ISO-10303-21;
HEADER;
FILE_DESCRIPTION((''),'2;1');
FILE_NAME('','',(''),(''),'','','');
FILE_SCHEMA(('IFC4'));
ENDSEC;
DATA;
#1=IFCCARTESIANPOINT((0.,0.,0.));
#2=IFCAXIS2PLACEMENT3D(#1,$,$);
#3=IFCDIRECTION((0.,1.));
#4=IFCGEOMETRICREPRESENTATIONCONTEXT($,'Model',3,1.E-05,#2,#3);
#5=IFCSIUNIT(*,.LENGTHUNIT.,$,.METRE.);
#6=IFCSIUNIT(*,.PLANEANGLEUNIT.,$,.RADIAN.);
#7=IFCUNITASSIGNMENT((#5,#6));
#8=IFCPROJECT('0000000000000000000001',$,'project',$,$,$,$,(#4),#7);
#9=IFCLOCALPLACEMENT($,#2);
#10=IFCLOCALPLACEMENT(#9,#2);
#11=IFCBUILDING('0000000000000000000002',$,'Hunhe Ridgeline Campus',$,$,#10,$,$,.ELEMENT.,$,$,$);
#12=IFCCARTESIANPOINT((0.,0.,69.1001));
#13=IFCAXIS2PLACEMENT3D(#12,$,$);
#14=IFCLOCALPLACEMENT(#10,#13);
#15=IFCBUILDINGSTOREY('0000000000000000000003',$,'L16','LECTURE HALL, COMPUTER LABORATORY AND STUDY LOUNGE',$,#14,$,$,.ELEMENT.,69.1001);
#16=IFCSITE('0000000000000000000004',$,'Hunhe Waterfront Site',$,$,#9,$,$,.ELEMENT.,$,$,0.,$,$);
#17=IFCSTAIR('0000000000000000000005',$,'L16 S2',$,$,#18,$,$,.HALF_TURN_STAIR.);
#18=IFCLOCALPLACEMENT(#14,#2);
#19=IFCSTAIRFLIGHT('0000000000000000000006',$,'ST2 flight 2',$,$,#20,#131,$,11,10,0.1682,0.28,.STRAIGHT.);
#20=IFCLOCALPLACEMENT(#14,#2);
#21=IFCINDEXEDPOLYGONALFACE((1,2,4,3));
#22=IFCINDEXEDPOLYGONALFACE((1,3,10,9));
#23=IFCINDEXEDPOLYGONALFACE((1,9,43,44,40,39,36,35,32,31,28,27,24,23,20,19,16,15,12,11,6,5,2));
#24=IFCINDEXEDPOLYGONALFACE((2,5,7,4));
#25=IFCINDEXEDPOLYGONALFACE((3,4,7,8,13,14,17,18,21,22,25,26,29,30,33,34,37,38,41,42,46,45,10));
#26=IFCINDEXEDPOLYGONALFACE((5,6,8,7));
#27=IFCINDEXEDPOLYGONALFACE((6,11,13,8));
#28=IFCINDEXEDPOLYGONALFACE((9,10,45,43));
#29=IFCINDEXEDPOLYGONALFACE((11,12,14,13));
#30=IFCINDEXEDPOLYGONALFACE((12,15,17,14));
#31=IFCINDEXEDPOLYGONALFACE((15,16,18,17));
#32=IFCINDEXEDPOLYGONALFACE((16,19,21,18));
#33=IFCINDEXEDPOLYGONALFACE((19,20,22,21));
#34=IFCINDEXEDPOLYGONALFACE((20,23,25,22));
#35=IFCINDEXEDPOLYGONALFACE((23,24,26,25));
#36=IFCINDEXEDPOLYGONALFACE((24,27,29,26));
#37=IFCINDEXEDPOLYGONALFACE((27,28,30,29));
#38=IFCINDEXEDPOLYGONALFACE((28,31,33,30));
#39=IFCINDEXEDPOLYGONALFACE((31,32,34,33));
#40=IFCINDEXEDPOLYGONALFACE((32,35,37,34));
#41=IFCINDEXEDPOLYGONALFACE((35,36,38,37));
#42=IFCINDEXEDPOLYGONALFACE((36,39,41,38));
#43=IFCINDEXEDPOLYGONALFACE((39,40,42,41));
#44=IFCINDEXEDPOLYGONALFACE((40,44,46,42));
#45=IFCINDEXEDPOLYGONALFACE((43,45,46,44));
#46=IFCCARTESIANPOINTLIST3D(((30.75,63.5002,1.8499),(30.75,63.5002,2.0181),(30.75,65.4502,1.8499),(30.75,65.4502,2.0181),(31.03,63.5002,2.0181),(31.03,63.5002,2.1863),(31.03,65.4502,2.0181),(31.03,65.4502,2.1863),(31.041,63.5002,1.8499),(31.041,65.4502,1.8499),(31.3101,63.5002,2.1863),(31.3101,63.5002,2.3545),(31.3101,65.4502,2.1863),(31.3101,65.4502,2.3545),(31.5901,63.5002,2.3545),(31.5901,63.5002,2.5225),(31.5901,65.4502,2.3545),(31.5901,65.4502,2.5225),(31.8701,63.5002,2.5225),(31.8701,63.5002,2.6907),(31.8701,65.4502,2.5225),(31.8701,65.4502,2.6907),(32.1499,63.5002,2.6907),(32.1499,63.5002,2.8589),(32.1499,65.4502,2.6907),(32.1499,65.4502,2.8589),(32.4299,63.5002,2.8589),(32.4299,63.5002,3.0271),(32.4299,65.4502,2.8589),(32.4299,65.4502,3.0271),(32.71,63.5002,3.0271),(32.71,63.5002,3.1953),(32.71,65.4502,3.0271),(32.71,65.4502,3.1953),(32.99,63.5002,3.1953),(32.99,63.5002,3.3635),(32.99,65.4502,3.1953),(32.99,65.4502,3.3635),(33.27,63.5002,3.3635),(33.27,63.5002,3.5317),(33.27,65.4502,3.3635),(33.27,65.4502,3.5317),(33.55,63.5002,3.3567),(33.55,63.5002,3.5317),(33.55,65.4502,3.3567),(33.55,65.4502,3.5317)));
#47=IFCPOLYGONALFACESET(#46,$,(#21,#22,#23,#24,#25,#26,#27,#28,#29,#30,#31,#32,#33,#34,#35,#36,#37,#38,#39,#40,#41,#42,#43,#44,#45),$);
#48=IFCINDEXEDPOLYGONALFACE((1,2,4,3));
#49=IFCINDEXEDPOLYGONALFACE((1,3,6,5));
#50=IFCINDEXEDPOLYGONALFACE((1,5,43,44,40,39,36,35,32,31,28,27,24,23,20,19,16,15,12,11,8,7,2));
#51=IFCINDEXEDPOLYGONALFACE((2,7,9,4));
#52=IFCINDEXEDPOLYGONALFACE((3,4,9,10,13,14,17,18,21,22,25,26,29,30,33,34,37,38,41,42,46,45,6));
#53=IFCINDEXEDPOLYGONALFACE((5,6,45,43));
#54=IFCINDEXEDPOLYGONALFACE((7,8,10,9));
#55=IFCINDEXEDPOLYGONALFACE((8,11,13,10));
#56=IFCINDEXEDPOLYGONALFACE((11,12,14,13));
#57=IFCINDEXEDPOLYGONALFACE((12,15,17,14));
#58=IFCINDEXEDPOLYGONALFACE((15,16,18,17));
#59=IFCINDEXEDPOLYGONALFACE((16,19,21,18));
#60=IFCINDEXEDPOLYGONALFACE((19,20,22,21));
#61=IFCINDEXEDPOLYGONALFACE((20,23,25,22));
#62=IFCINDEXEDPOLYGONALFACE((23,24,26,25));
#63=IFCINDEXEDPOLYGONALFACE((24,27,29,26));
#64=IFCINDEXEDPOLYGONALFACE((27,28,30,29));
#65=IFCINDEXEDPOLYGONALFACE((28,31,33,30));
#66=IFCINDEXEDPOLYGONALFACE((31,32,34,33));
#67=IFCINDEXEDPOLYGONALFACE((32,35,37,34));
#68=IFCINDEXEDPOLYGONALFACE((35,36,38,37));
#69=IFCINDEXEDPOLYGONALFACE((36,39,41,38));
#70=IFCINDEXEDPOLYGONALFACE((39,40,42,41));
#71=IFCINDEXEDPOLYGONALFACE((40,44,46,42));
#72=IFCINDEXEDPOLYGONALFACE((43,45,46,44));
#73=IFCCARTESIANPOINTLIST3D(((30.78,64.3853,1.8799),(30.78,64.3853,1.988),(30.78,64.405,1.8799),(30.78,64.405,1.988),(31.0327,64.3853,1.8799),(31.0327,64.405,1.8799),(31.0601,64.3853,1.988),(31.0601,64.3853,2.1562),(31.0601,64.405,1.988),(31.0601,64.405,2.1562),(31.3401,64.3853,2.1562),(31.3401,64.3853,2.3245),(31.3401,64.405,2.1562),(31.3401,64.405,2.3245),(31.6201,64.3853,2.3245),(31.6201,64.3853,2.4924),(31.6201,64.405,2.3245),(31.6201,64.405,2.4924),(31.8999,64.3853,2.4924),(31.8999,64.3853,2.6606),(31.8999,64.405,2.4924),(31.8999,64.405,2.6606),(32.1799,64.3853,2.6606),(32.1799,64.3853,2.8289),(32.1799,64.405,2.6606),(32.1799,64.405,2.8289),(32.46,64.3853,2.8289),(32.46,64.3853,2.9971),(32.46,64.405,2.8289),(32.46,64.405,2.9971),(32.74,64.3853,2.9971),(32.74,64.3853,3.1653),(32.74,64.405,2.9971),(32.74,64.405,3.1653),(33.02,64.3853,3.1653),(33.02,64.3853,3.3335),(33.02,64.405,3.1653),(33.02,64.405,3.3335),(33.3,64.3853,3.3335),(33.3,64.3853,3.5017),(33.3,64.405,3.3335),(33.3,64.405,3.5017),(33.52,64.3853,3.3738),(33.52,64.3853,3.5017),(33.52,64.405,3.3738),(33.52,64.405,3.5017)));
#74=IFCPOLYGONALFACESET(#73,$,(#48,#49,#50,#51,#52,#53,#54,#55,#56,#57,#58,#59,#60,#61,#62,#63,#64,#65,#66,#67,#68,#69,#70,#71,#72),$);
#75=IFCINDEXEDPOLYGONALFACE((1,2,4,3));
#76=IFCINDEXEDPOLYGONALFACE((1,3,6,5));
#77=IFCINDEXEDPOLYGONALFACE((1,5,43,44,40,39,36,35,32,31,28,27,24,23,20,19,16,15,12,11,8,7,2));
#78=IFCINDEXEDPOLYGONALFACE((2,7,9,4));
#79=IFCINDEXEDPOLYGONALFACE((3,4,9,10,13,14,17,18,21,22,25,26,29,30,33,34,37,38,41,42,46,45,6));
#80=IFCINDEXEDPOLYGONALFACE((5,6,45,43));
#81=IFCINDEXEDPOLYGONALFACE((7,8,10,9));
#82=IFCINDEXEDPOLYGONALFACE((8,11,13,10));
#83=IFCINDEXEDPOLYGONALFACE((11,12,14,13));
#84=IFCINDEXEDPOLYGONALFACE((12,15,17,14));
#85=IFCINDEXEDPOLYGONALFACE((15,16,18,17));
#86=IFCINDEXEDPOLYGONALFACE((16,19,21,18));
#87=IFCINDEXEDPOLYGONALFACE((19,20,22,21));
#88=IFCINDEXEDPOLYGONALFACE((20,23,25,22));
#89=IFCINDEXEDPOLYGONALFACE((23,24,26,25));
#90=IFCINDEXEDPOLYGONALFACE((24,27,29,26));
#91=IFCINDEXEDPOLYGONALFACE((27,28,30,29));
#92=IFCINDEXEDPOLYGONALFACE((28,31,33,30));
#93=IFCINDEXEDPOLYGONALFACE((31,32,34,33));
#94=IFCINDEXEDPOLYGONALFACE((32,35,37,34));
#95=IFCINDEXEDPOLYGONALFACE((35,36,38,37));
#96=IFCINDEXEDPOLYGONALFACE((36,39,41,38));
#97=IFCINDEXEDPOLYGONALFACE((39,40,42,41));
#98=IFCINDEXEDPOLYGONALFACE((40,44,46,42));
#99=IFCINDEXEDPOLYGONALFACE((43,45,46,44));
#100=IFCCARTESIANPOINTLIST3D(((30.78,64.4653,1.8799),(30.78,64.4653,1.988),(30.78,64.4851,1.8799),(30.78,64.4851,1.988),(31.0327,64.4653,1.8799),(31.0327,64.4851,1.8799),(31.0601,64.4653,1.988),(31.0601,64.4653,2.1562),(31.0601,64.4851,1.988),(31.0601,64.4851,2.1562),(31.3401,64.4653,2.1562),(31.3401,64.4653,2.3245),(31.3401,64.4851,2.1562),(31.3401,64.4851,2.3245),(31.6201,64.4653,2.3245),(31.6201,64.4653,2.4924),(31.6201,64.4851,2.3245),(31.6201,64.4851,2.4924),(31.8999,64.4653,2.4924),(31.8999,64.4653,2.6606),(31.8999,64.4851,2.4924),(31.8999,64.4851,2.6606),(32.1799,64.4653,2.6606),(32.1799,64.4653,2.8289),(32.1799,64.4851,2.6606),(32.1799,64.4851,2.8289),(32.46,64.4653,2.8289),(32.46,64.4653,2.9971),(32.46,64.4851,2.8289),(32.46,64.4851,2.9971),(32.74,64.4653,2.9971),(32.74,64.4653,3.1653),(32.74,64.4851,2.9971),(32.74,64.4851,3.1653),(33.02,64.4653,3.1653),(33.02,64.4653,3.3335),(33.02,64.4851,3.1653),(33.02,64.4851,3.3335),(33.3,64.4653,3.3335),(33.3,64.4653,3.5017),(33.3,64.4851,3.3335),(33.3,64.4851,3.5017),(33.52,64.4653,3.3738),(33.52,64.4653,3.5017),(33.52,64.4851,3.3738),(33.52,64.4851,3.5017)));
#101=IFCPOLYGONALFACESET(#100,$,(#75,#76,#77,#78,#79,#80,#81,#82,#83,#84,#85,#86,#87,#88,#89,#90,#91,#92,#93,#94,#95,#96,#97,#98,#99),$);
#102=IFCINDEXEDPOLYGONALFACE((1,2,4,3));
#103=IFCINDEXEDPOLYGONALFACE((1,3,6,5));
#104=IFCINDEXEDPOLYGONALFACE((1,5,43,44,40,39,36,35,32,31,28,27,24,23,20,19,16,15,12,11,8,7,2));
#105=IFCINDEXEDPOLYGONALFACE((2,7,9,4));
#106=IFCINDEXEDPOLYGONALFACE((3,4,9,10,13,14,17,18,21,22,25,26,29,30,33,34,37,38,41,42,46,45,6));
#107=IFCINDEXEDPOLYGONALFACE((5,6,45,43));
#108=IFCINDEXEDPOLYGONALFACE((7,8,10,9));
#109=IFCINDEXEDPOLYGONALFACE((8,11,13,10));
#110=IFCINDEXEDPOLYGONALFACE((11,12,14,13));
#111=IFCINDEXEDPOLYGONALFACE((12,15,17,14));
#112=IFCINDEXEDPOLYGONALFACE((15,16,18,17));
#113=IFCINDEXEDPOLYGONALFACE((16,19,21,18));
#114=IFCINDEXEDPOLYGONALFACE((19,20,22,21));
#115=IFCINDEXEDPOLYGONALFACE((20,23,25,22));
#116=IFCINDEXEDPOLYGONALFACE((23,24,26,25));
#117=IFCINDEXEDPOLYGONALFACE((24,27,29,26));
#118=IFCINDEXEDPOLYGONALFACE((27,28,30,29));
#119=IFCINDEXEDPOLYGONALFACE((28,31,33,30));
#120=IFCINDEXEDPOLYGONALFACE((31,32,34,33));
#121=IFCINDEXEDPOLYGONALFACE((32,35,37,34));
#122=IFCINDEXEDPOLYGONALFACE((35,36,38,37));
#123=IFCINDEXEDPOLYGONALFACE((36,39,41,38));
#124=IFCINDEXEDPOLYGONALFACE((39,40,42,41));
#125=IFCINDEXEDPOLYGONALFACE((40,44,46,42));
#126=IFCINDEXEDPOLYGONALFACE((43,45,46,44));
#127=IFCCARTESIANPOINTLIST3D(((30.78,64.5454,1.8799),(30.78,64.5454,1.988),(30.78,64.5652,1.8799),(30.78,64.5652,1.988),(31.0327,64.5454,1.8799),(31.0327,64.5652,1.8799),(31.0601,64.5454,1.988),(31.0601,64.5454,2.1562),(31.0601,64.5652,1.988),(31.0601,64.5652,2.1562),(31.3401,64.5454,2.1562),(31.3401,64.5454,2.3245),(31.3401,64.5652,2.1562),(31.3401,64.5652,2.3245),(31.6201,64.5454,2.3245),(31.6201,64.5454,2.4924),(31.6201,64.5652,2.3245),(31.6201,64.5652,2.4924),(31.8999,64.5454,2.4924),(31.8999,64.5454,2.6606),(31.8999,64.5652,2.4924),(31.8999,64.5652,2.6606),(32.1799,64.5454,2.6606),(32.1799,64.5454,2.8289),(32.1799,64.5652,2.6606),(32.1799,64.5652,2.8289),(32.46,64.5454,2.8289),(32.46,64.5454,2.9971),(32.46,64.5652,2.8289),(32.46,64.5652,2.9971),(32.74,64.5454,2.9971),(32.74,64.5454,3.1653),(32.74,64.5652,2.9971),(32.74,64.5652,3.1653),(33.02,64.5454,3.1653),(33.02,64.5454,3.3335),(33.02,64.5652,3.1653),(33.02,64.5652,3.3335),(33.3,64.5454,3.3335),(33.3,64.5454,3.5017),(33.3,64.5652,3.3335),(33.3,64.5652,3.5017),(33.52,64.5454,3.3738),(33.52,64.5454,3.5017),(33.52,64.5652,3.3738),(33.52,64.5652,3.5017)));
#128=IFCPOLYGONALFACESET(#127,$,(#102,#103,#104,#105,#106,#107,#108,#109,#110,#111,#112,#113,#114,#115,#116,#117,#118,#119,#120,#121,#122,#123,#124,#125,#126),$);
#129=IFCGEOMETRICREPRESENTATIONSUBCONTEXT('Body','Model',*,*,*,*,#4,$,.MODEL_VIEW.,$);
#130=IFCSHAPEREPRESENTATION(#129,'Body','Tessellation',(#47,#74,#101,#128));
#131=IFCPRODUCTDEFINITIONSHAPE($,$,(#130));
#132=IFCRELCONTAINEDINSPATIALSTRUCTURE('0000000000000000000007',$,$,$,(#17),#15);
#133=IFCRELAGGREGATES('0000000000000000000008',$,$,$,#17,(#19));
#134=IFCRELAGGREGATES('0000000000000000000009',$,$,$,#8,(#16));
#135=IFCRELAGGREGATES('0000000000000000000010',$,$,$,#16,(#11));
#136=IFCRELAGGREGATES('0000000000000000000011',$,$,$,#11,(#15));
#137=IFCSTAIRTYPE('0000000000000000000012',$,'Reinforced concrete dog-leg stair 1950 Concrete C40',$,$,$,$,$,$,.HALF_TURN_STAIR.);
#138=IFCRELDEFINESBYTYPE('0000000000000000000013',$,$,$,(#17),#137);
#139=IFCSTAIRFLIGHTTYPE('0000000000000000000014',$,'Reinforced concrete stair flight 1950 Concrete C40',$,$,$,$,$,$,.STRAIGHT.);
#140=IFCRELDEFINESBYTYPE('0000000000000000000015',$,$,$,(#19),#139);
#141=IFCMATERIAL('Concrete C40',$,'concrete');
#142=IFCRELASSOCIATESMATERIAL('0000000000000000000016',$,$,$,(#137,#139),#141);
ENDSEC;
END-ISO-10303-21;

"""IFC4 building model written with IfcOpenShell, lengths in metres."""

from ifc_helpers import new_model, si_unit, direction, frame, origin, place, context, subcontext, project, spatial, polyline, outline, extrude, material, type_object, element, aggregate, save


model = new_model("IFC4")

# Units and contexts
model_context = context("Model", 3, precision=1e-05, world=origin(), true_north=direction((0.0, 1.0)))
body_context = subcontext(model_context, "Body", "Model", "MODEL_VIEW")
ifc_project = project(units=[si_unit("LENGTHUNIT", "METRE"), si_unit("PLANEANGLEUNIT", "RADIAN")], contexts=[model_context])

# Site, building, storey
site_placement = place(None, origin())
site = spatial("IfcSite", under=ifc_project, at=site_placement, Name="Hunhe Waterfront Site", CompositionType="ELEMENT", RefElevation=0.0)
building_placement = place(site_placement, origin())
building = spatial("IfcBuilding", under=site, at=building_placement, Name="Hunhe Ridgeline Campus", CompositionType="ELEMENT")
storey_placement = place(building_placement, frame((0.0, 0.0, 69.1001)))
storey = spatial("IfcBuildingStorey", under=building, at=storey_placement, Name="L16", Description="LECTURE HALL, COMPUTER LABORATORY AND STUDY LOUNGE", CompositionType="ELEMENT", Elevation=69.1001)

# Stair, stair flight
ifc_material_1 = material(Name="Concrete C40", Category="concrete")
stair_type = type_object("IfcStairType", Name="Reinforced concrete dog-leg stair 1950 Concrete C40", PredefinedType="HALF_TURN_STAIR", material=ifc_material_1)
stair_placement = place(storey_placement, origin())
stair = element("IfcStair", 1, at=stair_placement, inside=storey, type_object=stair_type, Name="L16 S2", PredefinedType="HALF_TURN_STAIR")
stair_flight_type = type_object("IfcStairFlightType", Name="Reinforced concrete stair flight 1950 Concrete C40", PredefinedType="STRAIGHT", material=ifc_material_1)
stair_flight_placement = place(storey_placement, frame((30.75, 64.4751, 1.8499), z_axis=(0.0, 0.0, 1.0), x_axis=(1.0, 0.0, 0.0)))
stair_flight = element("IfcStairFlight", 2, at=stair_flight_placement, type_object=stair_flight_type, Name="ST2 flight 2", NumberOfRisers=11, NumberOfTreads=10, PredefinedType="STRAIGHT", RiserHeight=0.1682, TreadLength=0.28, context=body_context, shape_type="SweptSolid", body=[
    extrude(outline(polyline([(0.0, 0.0), (0.0, 0.1682), (0.28, 0.1682), (0.28, 0.3364), (0.5601, 0.3364), (0.5601, 0.5046), (0.8401, 0.5046), (0.8401, 0.6726), (1.1201, 0.6726), (1.1201, 0.8408), (1.3999, 0.8408), (1.3999, 1.009), (1.6799, 1.009), (1.6799, 1.1772), (1.96, 1.1772), (1.96, 1.3455), (2.24, 1.3455), (2.24, 1.5137), (2.52, 1.5137), (2.52, 1.6819), (2.8, 1.6819), (2.8, 1.8501), (2.8, 1.5068), (0.291, 0.0), (0.0, 0.0)])), frame((0.0, 0.9751, 0.0), z_axis=(0.0, -1.0, 0.0), x_axis=(1.0, 0.0, 0.0)), (0.0, 0.0, 1.0), 1.95),
    extrude(outline(polyline([(0.03, 0.03), (0.03, 0.1382), (0.3101, 0.1382), (0.3101, 0.3064), (0.5901, 0.3064), (0.5901, 0.4746), (0.8701, 0.4746), (0.8701, 0.6426), (1.1499, 0.6426), (1.1499, 0.8108), (1.4299, 0.8108), (1.4299, 0.979), (1.71, 0.979), (1.71, 1.1472), (1.99, 1.1472), (1.99, 1.3154), (2.27, 1.3154), (2.27, 1.4836), (2.55, 1.4836), (2.55, 1.6519), (2.77, 1.6519), (2.77, 1.5239), (0.2827, 0.03), (0.03, 0.03)])), frame((0.0, -0.0701, 0.0), z_axis=(0.0, -1.0, 0.0), x_axis=(1.0, 0.0, 0.0)), (0.0, 0.0, 1.0), 0.0198),
    extrude(outline(polyline([(0.03, 0.03), (0.03, 0.1382), (0.3101, 0.1382), (0.3101, 0.3064), (0.5901, 0.3064), (0.5901, 0.4746), (0.8701, 0.4746), (0.8701, 0.6426), (1.1499, 0.6426), (1.1499, 0.8108), (1.4299, 0.8108), (1.4299, 0.979), (1.71, 0.979), (1.71, 1.1472), (1.99, 1.1472), (1.99, 1.3154), (2.27, 1.3154), (2.27, 1.4836), (2.55, 1.4836), (2.55, 1.6519), (2.77, 1.6519), (2.77, 1.5239), (0.2827, 0.03), (0.03, 0.03)])), frame((0.0, 0.01, 0.0), z_axis=(0.0, -1.0, 0.0), x_axis=(1.0, 0.0, 0.0)), (0.0, 0.0, 1.0), 0.0198),
    extrude(outline(polyline([(0.03, 0.03), (0.03, 0.1382), (0.3101, 0.1382), (0.3101, 0.3064), (0.5901, 0.3064), (0.5901, 0.4746), (0.8701, 0.4746), (0.8701, 0.6426), (1.1499, 0.6426), (1.1499, 0.8108), (1.4299, 0.8108), (1.4299, 0.979), (1.71, 0.979), (1.71, 1.1472), (1.99, 1.1472), (1.99, 1.3154), (2.27, 1.3154), (2.27, 1.4836), (2.55, 1.4836), (2.55, 1.6519), (2.77, 1.6519), (2.77, 1.5239), (0.2827, 0.03), (0.03, 0.03)])), frame((0.0, 0.0901, 0.0), z_axis=(0.0, -1.0, 0.0), x_axis=(1.0, 0.0, 0.0)), (0.0, 0.0, 1.0), 0.0198),
])
aggregate(stair, [stair_flight])

save(model, "model.ifc")
